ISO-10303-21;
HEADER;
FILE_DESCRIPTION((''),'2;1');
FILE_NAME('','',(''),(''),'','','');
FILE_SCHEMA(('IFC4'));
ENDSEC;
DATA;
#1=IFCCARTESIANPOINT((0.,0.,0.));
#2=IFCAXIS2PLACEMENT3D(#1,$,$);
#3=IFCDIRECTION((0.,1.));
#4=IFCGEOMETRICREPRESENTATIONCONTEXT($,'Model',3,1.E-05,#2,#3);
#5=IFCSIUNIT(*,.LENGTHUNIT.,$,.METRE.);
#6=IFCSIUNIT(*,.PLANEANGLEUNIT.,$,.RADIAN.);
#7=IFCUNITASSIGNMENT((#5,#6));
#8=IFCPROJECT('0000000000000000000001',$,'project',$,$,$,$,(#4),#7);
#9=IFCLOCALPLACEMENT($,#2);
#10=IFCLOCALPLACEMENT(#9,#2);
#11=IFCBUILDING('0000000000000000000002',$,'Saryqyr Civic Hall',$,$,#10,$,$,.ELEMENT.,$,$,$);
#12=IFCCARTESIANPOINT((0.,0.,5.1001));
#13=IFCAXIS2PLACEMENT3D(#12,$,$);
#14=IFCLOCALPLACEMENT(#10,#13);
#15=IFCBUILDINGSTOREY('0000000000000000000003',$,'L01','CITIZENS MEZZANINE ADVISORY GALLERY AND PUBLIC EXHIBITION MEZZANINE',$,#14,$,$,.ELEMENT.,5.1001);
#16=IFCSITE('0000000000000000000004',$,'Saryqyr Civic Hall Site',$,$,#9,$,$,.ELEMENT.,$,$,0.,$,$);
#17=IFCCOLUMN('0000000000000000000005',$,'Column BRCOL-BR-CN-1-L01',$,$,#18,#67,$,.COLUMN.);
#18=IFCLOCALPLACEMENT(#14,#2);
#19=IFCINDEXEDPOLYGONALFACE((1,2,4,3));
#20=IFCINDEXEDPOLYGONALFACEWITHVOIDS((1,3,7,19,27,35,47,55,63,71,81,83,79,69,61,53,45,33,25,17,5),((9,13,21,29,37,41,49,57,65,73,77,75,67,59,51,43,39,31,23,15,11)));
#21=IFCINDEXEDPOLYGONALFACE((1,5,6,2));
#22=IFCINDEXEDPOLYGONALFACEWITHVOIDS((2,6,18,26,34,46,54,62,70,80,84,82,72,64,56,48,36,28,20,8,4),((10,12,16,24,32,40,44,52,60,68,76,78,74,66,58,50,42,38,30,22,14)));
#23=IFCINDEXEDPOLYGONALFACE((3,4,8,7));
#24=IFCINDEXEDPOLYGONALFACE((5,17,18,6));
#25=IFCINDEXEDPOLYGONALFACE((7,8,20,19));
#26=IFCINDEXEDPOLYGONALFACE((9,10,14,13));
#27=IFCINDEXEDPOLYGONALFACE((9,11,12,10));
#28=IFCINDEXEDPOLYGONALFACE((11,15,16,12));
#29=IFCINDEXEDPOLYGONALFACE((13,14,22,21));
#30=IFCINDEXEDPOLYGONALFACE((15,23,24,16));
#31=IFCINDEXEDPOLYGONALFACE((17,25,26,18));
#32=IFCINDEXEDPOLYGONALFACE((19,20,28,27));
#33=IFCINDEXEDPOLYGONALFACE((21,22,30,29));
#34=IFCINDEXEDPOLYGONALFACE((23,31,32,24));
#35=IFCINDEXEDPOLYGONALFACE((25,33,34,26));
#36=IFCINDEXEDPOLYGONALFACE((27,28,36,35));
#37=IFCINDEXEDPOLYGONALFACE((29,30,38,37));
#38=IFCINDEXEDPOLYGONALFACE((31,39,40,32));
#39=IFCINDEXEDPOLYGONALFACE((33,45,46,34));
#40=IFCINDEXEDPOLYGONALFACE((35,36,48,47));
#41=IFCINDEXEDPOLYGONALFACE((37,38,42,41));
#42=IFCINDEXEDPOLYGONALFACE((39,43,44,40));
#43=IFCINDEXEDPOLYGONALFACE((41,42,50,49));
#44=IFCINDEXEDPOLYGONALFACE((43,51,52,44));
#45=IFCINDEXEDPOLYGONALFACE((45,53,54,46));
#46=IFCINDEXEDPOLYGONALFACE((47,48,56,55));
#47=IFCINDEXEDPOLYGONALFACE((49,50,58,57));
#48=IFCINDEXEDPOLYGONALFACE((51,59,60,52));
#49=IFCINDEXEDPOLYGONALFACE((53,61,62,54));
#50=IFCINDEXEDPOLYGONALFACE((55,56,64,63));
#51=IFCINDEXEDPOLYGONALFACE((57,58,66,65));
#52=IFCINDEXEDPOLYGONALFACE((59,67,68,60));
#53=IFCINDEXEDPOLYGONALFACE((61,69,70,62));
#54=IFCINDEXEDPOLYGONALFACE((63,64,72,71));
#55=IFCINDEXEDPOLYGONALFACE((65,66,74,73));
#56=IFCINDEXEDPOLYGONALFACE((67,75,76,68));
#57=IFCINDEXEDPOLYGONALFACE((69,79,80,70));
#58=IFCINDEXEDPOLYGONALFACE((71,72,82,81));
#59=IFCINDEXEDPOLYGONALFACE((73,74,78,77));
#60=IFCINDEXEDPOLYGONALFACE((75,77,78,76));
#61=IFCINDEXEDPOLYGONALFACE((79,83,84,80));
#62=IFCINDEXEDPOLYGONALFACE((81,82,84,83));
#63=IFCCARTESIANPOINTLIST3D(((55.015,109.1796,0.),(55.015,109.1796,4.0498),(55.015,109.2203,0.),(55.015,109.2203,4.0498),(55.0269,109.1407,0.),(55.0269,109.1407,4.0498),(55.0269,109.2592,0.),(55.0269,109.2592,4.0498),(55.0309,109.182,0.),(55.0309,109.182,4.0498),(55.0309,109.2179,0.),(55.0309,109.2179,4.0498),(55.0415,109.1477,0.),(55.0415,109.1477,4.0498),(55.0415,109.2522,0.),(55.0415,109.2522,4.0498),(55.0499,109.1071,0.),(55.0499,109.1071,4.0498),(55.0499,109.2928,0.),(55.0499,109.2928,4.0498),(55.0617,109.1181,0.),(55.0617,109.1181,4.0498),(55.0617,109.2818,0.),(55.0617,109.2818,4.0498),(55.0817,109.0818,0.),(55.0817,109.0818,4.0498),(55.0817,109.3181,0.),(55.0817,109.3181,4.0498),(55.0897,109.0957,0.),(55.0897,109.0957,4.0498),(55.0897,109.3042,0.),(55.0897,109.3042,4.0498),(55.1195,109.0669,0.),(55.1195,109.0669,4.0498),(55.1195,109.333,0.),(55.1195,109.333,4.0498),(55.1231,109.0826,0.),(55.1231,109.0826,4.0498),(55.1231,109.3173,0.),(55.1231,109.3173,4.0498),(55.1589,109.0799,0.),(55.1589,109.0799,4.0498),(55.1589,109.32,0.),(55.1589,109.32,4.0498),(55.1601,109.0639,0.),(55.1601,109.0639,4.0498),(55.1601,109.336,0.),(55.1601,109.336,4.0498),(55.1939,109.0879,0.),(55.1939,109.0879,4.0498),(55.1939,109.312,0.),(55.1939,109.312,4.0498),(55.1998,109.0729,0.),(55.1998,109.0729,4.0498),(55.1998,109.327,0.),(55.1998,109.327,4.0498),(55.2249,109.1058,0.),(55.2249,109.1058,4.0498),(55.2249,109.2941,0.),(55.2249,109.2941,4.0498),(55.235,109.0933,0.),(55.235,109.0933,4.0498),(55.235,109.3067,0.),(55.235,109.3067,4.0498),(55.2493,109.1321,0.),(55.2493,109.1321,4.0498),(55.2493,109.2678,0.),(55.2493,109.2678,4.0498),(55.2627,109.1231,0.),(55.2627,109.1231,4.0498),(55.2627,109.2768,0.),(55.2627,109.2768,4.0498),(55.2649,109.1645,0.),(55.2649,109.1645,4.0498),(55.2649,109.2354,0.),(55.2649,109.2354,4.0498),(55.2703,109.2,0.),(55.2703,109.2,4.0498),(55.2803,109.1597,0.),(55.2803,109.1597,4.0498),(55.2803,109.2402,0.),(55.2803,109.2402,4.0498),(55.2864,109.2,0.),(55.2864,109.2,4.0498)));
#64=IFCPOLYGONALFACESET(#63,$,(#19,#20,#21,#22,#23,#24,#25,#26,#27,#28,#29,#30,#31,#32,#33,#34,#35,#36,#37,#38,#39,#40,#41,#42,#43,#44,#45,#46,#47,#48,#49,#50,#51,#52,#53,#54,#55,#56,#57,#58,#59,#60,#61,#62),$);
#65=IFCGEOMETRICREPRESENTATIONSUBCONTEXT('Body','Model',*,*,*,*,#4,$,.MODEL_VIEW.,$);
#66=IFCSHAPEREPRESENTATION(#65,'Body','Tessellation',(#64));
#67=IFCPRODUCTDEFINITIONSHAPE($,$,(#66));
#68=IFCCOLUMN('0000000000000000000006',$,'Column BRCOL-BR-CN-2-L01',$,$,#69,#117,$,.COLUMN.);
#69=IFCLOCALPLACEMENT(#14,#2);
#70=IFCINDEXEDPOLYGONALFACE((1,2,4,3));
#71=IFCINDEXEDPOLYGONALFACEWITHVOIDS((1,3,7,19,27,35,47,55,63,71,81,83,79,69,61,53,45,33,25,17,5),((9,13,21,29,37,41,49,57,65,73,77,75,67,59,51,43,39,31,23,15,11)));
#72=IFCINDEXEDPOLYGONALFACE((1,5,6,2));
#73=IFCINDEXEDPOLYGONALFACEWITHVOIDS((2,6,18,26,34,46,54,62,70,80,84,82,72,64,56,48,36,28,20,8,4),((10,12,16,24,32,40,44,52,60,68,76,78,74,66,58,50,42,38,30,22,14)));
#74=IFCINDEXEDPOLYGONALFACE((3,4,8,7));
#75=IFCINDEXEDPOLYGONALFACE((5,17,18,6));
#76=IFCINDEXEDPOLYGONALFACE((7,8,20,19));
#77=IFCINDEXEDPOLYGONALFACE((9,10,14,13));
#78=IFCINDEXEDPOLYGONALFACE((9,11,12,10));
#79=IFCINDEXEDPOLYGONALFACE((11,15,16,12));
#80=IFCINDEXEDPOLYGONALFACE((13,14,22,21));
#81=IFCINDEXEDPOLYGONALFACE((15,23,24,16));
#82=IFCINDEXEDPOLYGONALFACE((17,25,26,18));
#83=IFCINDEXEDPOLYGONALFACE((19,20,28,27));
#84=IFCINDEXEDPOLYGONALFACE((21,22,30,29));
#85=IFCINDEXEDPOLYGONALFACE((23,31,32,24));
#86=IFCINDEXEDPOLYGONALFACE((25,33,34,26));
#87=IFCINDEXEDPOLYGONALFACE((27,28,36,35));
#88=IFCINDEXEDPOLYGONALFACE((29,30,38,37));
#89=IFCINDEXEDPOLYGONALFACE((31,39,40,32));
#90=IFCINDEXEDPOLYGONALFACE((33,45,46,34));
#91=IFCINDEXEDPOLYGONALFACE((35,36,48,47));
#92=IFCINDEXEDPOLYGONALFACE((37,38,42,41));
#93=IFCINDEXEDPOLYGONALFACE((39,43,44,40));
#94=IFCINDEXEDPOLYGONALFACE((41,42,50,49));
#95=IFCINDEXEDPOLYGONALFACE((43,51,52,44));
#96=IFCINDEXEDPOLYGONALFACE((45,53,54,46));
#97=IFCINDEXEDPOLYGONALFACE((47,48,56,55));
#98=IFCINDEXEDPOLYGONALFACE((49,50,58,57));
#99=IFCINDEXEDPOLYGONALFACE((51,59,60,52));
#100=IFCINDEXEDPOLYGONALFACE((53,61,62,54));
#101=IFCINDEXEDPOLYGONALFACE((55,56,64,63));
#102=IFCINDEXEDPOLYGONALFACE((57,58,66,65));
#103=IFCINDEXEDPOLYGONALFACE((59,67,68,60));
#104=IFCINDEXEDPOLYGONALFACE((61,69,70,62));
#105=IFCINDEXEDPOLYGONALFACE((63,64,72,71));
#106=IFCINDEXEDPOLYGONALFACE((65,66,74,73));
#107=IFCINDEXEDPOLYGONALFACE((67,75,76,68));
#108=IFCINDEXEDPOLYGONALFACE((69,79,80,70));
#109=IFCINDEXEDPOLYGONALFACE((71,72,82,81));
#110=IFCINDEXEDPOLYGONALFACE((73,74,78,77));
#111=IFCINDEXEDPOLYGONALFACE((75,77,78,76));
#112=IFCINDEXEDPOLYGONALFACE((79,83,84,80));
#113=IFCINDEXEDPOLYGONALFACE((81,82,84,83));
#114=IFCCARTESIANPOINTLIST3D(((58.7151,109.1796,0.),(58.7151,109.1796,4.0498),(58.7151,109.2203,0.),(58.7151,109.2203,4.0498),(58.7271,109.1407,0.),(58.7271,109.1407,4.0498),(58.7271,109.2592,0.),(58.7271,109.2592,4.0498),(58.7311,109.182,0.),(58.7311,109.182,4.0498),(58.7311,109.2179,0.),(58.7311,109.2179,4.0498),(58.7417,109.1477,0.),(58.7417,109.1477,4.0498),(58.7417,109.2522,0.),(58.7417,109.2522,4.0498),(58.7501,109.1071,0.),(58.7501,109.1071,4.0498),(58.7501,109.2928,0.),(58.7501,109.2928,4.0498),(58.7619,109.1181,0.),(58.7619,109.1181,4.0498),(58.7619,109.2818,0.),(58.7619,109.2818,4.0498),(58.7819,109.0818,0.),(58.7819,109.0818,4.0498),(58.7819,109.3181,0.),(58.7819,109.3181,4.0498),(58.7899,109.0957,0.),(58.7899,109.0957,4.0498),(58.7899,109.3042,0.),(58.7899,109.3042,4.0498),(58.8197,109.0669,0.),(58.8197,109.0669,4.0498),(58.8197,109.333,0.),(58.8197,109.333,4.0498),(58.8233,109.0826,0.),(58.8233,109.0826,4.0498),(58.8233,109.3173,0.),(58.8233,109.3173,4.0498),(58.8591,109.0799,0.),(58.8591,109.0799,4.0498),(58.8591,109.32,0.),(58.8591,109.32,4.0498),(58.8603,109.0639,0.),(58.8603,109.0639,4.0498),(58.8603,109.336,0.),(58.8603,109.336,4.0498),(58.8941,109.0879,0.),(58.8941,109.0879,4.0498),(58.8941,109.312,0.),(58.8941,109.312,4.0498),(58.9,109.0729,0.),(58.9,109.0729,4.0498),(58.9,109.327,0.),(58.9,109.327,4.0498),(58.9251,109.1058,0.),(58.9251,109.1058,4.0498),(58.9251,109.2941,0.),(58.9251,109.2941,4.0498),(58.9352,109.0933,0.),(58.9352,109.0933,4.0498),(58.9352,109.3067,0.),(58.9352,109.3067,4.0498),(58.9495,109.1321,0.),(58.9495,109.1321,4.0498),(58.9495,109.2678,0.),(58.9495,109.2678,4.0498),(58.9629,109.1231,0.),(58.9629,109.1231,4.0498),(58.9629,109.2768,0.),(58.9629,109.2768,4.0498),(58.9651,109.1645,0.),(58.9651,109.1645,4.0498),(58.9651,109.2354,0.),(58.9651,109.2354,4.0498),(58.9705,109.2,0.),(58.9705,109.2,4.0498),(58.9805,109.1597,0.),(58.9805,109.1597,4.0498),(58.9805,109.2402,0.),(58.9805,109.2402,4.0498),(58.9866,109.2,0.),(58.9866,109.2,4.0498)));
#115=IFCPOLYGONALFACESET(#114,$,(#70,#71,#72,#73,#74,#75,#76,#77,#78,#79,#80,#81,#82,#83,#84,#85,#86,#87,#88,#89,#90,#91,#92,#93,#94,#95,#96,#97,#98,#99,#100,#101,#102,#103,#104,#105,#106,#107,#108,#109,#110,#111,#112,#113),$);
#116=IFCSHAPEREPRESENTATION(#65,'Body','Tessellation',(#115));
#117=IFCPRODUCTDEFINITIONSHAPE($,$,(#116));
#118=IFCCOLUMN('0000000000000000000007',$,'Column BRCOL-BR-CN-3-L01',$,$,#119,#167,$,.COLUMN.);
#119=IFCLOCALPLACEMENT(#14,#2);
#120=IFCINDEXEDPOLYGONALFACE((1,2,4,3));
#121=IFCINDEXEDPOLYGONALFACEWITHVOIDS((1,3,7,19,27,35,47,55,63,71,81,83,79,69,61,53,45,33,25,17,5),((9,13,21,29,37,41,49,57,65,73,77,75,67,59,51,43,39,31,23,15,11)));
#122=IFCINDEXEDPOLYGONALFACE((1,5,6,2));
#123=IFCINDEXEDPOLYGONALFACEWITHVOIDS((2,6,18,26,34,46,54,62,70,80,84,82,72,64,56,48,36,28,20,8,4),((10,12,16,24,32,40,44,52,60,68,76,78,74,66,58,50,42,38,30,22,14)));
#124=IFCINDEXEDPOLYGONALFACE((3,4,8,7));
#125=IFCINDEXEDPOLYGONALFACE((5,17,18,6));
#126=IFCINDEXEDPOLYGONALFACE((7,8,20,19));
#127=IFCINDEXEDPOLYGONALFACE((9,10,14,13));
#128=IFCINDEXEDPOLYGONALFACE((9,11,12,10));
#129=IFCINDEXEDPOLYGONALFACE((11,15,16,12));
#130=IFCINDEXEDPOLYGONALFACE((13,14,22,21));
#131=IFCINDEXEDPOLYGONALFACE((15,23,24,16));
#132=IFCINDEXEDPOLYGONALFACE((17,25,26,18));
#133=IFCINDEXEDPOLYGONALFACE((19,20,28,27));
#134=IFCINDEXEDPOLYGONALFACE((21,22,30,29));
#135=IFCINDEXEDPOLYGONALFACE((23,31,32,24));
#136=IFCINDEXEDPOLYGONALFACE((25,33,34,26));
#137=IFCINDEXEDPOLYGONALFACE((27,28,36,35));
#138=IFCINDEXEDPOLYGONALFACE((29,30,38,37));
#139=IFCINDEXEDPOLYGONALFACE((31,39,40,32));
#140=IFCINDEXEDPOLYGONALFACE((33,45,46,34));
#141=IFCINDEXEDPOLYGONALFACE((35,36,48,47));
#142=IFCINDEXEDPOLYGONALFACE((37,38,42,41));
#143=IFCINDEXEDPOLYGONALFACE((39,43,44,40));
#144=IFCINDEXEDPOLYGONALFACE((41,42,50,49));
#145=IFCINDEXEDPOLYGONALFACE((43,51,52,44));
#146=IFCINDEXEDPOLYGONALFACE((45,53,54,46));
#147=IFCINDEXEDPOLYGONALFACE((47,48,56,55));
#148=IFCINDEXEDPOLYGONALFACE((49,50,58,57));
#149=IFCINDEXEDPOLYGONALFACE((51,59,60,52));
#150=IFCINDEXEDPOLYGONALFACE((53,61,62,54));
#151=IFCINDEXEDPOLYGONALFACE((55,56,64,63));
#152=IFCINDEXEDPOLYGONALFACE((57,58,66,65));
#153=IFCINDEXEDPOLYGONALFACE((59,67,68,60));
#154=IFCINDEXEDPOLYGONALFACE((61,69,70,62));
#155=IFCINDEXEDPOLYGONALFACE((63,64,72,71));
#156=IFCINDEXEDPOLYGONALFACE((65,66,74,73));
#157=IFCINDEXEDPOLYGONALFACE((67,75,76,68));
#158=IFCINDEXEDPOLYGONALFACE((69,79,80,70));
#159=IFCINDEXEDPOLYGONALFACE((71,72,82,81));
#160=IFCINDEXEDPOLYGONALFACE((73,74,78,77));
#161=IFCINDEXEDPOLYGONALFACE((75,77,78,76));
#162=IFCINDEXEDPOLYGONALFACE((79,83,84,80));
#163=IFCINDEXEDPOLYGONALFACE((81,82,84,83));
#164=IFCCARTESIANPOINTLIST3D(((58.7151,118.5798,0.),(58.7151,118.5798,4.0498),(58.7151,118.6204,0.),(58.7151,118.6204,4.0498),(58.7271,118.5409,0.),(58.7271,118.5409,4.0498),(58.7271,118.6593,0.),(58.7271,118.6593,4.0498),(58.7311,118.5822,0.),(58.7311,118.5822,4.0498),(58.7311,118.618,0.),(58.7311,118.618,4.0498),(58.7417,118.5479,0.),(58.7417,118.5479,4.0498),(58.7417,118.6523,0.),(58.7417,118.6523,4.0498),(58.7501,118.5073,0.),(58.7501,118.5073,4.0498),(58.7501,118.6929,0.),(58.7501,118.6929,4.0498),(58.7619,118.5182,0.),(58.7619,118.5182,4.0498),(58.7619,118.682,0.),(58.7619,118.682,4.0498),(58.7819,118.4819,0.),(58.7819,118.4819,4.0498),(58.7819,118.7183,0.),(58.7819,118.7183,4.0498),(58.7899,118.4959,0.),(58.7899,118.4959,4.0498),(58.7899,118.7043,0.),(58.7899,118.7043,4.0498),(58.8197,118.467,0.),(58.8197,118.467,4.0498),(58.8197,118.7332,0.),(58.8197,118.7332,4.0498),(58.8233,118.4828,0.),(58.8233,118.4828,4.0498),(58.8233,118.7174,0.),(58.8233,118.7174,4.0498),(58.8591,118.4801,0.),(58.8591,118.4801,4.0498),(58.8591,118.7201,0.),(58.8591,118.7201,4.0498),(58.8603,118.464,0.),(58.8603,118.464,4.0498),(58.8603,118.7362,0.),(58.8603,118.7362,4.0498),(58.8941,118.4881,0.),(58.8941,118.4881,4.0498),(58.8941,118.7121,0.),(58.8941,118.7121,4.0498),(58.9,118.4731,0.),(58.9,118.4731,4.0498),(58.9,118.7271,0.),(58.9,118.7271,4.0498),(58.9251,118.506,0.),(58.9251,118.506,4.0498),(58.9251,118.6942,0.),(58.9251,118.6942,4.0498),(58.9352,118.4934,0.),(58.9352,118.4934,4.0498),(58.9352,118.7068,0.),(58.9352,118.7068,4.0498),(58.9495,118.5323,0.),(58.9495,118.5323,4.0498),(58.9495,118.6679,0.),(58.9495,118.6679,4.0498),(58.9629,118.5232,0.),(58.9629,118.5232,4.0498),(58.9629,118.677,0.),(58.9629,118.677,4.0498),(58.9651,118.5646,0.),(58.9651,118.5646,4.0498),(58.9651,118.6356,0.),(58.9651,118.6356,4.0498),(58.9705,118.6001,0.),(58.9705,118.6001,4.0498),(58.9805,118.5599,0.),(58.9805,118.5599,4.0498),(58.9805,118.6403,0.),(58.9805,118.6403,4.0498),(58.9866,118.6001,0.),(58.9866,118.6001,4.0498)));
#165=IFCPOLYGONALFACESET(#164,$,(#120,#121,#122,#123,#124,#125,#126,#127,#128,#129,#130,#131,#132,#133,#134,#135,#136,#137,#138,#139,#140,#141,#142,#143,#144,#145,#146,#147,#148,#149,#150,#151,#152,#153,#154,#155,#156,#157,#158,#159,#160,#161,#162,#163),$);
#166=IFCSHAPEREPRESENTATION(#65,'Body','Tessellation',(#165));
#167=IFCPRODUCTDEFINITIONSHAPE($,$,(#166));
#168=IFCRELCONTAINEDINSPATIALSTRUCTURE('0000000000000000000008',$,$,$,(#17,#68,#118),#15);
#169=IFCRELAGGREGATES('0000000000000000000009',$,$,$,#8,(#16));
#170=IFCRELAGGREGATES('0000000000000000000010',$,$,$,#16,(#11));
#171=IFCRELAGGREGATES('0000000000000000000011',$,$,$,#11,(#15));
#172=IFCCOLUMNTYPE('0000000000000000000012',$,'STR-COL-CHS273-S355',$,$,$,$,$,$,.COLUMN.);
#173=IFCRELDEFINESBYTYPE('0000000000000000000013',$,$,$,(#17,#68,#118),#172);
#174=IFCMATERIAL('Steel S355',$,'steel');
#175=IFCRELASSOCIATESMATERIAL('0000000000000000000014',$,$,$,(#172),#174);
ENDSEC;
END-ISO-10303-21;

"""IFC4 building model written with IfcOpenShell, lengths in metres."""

from ifc_helpers import new_model, si_unit, direction, frame, origin, origin_2d, place, context, subcontext, project, spatial, hollow_circle, extrude, material, material_profile, profile_set, type_object, element, save


model = new_model("IFC4")

# Units and contexts
model_context = context("Model", 3, precision=1e-05, world=origin(), true_north=direction((0.0, 1.0)))
body_context = subcontext(model_context, "Body", "Model", "MODEL_VIEW")
ifc_project = project(units=[si_unit("LENGTHUNIT", "METRE"), si_unit("PLANEANGLEUNIT", "RADIAN")], contexts=[model_context])

# Site, building, storey
site_placement = place(None, origin())
site = spatial("IfcSite", under=ifc_project, at=site_placement, Name="Saryqyr Civic Hall Site", CompositionType="ELEMENT", RefElevation=0.0)
building_placement = place(site_placement, origin())
building = spatial("IfcBuilding", under=site, at=building_placement, Name="Saryqyr Civic Hall", CompositionType="ELEMENT")
storey_placement = place(building_placement, frame((0.0, 0.0, 5.1001)))
storey = spatial("IfcBuildingStorey", under=building, at=storey_placement, Name="L01", Description="CITIZENS MEZZANINE ADVISORY GALLERY AND PUBLIC EXHIBITION MEZZANINE", CompositionType="ELEMENT", Elevation=5.1001)

# Columns
ifc_material_1 = material(Name="Steel S355", Category="steel")
ifc_material_profile_1 = material_profile(ifc_material_1, hollow_circle(Radius=0.1365, WallThickness=0.0161, at=origin_2d()), Name="CHS 273x16")
ifc_profile_set_1 = profile_set([ifc_material_profile_1], Name="Steel S355")
column_type_1 = type_object("IfcColumnType", Name="STR-COL-CHS273-S355", PredefinedType="COLUMN", material=ifc_profile_set_1)
for number, where, z_axis, x_axis, name in (
    (1, (55.1499, 109.2, 0.0), (0.0, 0.0, 1.0), (1.0, 0.0, 0.0), "Column BRCOL-BR-CN-1-L01"),
    (2, (58.8501, 109.2, 0.0), (0.0, 0.0, 1.0), (1.0, 0.0, 0.0), "Column BRCOL-BR-CN-2-L01"),
    (3, (58.8501, 118.6001, 0.0), (0.0, 0.0, 1.0), (1.0, 0.0, 0.0), "Column BRCOL-BR-CN-3-L01"),
):
    element("IfcColumn", number, at=place(storey_placement, frame(where, z_axis=z_axis, x_axis=x_axis)), inside=storey, type_object=column_type_1, Name=name, PredefinedType="COLUMN", context=body_context, shape_type="SweptSolid", body=[
        extrude(hollow_circle(Radius=0.1365, WallThickness=0.0161, at=origin_2d()), origin(), (0.0, 0.0, 1.0), 4.0498),
    ])

save(model, "model.ifc")
